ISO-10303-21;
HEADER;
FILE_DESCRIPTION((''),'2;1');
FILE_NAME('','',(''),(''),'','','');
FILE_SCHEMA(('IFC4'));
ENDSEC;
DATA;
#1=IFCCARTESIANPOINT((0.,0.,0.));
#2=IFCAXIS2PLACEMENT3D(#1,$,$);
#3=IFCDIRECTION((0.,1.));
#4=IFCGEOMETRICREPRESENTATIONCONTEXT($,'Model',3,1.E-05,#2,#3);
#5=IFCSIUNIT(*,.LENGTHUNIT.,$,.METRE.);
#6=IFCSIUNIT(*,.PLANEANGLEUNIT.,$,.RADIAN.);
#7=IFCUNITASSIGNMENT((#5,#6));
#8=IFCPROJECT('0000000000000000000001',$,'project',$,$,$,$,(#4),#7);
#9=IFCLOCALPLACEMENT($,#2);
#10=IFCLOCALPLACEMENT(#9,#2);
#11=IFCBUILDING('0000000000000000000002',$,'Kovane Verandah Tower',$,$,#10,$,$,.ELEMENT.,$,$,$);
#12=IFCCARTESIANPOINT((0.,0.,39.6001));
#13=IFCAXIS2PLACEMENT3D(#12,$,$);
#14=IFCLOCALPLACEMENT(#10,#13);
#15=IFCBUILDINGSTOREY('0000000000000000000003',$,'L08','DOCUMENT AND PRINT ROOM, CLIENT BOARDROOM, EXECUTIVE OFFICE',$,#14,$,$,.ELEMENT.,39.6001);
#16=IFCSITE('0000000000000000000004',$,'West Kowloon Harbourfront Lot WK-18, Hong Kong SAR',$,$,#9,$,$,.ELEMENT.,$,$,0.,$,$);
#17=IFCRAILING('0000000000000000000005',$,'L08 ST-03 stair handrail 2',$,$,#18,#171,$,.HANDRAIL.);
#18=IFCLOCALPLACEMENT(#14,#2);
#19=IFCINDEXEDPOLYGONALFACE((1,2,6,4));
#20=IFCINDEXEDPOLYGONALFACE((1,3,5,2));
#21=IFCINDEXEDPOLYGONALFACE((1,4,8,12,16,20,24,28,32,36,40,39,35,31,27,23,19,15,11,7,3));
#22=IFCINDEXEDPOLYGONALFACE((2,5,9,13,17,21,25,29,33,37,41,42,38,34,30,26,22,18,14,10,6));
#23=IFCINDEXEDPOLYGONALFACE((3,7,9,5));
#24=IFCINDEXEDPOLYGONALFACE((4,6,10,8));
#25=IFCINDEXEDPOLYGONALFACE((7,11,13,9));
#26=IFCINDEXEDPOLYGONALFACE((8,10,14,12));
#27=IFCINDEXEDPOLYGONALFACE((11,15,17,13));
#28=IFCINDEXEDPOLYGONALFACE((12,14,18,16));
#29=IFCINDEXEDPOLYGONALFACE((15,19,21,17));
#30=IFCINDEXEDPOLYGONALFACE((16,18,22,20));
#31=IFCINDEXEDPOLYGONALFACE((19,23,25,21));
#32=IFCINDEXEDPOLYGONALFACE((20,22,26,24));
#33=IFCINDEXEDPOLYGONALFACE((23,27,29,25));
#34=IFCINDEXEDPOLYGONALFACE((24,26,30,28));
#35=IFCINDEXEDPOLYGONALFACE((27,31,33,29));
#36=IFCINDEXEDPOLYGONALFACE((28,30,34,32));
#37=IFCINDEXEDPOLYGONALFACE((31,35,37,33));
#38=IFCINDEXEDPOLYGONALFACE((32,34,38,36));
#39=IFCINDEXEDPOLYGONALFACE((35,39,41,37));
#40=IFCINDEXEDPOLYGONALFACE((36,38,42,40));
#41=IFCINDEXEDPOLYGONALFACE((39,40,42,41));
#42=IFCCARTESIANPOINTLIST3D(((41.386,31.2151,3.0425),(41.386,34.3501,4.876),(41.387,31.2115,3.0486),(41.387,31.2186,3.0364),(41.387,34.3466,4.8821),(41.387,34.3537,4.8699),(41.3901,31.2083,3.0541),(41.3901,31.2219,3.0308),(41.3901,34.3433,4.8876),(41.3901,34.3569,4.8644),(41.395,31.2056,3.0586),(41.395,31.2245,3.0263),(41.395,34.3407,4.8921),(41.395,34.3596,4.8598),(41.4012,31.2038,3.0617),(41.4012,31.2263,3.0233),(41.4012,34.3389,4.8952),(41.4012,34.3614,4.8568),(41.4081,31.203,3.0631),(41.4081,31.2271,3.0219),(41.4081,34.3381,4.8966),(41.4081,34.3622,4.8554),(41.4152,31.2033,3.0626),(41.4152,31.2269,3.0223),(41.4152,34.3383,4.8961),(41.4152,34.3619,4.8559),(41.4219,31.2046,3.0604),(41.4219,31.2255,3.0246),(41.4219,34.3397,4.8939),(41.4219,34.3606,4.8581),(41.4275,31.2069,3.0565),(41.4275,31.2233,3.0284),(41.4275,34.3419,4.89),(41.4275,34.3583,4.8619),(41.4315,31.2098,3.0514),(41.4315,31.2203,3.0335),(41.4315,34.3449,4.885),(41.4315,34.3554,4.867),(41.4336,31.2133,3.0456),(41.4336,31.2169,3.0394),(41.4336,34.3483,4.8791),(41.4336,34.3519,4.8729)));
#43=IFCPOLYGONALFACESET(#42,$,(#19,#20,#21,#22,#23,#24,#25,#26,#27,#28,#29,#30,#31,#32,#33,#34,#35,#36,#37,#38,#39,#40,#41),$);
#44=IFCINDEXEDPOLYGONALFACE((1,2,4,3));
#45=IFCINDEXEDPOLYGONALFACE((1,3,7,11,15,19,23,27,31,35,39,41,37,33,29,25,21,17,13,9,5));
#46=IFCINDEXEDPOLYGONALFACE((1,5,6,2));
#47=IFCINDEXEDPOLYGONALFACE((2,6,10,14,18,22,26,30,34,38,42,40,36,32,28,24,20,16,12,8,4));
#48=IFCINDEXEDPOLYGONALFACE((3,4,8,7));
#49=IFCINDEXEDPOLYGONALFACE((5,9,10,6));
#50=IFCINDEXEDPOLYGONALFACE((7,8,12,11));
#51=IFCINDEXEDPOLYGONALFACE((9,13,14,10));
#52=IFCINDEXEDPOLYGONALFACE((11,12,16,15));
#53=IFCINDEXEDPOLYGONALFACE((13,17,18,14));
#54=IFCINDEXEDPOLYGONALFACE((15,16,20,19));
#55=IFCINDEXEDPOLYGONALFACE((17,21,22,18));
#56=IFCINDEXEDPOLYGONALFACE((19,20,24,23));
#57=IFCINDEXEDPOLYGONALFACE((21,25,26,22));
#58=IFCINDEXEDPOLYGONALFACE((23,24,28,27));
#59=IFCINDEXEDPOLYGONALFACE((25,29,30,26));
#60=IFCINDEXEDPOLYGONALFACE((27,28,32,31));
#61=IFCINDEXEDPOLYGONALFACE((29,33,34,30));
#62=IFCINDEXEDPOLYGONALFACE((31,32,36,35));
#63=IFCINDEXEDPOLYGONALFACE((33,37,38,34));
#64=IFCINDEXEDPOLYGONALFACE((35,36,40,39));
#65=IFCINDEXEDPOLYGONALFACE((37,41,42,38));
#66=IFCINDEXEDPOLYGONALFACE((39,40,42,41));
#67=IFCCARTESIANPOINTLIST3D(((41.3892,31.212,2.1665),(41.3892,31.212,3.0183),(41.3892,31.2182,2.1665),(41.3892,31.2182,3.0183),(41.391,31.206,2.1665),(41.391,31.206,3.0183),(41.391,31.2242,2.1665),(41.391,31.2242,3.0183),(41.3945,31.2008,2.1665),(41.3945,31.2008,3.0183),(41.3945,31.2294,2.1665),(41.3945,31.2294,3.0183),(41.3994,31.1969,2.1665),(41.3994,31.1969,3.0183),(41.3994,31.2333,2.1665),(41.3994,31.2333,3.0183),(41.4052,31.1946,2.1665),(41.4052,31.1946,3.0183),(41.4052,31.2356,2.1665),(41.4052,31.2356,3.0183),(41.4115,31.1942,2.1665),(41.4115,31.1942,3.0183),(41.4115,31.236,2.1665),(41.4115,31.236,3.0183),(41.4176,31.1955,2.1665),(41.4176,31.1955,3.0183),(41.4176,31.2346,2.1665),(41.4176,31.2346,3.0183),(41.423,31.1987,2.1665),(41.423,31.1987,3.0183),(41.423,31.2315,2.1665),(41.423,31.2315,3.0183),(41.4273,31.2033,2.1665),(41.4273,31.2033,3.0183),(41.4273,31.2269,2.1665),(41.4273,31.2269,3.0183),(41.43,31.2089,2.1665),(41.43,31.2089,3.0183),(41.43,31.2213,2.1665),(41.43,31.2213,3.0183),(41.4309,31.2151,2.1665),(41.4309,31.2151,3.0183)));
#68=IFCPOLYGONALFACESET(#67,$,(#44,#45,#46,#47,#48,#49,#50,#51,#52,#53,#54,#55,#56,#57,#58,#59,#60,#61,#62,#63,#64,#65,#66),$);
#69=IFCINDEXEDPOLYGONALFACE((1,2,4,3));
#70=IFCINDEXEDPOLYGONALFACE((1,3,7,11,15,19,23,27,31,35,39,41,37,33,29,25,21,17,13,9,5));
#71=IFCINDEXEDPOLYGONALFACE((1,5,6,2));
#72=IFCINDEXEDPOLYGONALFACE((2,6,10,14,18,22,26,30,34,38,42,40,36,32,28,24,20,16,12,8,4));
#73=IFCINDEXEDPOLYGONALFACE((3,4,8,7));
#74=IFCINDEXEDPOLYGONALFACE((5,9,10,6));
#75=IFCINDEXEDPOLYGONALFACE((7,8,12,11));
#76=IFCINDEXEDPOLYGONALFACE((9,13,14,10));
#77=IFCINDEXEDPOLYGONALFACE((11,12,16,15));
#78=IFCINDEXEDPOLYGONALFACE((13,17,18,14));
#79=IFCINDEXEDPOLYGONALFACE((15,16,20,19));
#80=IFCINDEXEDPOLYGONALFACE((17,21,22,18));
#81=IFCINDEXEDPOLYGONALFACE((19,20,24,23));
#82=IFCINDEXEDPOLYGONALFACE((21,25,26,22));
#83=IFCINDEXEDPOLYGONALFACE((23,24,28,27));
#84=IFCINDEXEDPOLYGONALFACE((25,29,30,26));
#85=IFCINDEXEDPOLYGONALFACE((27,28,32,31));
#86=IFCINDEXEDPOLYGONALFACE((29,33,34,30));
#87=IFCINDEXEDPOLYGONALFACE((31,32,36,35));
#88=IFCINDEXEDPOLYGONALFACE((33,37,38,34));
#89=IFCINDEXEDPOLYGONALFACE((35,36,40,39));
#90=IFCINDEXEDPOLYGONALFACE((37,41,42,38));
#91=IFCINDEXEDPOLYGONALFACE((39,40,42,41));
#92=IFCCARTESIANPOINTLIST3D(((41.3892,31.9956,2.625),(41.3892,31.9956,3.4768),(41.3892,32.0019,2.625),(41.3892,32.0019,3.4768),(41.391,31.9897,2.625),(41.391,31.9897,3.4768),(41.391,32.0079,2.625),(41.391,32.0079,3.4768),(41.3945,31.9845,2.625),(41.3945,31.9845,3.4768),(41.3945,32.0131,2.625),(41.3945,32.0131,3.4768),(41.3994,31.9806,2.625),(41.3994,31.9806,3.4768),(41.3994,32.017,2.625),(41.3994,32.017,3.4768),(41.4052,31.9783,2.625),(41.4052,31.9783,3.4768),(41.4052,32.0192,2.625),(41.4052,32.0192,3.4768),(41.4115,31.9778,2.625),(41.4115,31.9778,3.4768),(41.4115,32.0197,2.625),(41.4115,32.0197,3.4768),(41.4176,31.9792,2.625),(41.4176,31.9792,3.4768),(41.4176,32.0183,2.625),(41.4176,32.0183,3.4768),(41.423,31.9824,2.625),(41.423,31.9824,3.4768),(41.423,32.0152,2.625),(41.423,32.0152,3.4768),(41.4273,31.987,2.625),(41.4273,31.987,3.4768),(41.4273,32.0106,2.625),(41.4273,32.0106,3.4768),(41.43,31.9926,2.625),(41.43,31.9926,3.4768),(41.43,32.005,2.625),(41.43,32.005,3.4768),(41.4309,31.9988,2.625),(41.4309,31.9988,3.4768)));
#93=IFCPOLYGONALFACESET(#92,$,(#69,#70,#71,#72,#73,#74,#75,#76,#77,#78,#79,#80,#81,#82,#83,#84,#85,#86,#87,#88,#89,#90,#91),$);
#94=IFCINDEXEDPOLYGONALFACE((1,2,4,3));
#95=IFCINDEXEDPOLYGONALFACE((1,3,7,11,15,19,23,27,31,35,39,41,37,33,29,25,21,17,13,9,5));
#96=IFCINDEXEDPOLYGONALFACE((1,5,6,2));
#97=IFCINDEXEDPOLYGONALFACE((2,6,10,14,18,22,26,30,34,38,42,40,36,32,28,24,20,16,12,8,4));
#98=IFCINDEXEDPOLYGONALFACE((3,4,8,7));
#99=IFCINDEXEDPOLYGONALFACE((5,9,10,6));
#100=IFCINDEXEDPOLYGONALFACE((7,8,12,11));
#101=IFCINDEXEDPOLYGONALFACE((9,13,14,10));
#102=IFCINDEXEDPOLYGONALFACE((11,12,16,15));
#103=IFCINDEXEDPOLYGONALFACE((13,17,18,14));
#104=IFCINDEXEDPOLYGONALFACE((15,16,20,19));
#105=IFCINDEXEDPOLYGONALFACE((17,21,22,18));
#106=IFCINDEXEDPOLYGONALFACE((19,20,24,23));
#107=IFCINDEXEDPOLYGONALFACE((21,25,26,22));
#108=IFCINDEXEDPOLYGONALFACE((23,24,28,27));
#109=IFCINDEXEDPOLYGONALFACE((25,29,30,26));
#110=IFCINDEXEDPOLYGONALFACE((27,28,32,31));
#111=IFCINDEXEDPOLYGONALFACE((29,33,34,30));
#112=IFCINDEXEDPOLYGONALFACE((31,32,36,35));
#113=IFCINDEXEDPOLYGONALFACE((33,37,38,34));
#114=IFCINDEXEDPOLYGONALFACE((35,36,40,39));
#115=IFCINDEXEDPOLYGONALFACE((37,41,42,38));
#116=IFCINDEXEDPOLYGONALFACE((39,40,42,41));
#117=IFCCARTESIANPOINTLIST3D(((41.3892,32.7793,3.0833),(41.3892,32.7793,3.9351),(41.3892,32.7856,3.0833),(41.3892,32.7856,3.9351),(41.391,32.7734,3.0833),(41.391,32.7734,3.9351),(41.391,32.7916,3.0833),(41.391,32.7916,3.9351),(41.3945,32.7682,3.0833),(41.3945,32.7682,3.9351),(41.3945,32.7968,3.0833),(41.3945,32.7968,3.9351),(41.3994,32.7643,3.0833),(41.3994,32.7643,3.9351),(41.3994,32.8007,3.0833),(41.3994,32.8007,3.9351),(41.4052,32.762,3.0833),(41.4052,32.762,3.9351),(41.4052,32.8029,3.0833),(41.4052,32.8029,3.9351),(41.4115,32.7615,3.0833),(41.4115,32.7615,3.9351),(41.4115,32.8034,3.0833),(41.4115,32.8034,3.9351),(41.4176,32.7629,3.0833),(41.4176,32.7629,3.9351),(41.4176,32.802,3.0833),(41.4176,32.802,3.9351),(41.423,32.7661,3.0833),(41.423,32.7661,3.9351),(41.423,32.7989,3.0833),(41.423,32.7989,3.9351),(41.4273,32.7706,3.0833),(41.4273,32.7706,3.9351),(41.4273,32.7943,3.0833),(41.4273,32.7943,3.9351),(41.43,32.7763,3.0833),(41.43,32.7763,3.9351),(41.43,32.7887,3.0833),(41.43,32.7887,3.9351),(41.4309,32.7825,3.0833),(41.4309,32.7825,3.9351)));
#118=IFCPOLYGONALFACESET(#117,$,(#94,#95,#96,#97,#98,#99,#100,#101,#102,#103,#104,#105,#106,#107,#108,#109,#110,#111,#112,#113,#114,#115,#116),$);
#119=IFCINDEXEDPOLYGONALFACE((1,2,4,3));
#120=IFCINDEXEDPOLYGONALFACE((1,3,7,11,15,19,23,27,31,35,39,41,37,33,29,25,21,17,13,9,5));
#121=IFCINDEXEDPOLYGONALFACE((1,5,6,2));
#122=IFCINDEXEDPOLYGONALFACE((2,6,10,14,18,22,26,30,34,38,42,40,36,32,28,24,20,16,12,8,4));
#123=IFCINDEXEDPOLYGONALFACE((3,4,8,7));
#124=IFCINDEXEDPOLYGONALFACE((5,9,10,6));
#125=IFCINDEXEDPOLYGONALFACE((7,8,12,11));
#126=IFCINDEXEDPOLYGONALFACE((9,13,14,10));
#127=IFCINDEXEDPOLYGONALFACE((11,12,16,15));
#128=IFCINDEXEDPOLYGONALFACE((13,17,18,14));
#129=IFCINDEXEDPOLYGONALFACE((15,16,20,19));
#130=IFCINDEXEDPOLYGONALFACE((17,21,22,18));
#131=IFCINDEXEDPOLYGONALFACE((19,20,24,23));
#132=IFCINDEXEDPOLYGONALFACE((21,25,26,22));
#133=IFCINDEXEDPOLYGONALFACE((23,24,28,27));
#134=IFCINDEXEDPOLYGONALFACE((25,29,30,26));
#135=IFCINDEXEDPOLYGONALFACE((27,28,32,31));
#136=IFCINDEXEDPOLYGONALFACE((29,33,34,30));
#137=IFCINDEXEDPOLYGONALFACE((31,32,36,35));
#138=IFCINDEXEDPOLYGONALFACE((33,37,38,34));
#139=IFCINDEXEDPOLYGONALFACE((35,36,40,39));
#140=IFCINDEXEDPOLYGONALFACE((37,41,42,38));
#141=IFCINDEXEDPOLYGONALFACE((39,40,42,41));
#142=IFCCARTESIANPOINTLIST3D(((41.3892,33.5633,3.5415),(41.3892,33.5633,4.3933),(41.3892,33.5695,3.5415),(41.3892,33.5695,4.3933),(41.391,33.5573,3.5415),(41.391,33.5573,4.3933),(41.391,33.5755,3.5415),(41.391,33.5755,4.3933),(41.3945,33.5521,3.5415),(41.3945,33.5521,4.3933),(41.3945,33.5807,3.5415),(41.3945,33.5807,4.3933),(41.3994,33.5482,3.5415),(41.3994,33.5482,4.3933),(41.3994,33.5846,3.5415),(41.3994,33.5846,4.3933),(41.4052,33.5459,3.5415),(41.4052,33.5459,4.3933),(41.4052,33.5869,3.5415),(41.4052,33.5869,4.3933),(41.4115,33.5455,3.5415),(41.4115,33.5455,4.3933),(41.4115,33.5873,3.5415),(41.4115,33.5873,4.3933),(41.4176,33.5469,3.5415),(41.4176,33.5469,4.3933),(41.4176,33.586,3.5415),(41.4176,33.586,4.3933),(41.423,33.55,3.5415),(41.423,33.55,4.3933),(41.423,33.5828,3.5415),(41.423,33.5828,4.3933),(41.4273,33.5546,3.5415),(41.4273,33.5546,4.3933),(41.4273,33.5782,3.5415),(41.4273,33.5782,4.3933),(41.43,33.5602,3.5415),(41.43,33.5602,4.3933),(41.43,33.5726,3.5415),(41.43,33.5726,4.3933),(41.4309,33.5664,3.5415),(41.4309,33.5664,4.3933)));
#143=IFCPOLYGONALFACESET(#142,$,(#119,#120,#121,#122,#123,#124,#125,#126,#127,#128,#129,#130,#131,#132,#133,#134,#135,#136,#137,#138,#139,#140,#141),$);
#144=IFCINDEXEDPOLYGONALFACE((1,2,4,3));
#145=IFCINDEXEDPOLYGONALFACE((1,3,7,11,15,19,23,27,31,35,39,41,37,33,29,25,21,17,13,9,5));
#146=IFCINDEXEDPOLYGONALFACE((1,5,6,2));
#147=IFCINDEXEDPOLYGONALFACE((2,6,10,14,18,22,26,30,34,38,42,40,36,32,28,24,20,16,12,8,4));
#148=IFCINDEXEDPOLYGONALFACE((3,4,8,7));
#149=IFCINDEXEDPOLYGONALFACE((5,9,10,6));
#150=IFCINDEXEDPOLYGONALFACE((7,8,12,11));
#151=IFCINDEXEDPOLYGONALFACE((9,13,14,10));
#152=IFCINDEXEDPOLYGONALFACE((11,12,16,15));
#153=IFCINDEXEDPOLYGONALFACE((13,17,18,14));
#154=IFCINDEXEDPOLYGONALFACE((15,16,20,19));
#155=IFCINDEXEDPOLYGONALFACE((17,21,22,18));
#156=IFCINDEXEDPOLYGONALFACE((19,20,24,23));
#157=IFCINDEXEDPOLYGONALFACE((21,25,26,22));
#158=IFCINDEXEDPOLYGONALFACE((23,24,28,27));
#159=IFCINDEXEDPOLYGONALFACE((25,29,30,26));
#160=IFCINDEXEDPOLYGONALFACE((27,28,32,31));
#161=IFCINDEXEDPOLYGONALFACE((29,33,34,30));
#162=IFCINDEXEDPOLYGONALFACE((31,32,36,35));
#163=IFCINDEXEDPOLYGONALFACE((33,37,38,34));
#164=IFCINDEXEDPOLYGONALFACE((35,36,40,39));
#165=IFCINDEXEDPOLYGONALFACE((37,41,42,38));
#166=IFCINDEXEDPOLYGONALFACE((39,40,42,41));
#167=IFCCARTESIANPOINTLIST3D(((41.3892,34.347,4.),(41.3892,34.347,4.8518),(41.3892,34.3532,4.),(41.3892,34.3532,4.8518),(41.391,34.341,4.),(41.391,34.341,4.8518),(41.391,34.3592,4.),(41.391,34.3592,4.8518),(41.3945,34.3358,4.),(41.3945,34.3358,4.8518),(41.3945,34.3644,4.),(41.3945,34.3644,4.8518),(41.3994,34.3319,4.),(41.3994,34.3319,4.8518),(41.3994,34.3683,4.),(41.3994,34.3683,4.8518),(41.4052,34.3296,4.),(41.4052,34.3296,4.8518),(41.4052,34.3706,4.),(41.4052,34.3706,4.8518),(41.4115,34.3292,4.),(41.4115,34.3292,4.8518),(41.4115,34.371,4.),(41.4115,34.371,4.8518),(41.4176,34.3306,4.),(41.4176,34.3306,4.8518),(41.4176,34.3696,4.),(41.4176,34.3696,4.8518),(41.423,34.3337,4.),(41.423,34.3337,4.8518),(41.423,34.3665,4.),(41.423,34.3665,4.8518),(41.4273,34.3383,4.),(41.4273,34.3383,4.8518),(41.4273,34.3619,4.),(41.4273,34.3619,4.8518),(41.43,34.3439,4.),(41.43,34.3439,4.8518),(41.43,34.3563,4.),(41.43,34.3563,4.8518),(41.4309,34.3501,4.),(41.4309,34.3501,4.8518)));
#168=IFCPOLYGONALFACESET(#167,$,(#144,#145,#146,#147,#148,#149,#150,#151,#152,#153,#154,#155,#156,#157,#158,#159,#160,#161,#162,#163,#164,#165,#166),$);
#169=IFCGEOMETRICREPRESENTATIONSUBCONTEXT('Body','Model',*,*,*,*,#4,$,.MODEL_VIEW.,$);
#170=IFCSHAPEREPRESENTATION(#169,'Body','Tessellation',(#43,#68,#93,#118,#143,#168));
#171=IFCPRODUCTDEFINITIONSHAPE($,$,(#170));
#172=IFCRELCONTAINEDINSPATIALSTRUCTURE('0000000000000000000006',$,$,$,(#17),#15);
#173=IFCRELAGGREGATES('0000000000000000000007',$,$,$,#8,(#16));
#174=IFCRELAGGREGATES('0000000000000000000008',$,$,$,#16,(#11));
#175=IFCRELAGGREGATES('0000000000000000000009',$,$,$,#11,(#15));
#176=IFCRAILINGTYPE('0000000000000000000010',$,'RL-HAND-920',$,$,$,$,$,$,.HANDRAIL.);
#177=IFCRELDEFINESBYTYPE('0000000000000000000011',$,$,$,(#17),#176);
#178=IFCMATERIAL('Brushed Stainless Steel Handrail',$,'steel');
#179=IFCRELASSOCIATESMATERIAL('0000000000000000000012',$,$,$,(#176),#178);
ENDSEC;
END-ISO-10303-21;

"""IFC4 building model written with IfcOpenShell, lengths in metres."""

from ifc_helpers import new_model, si_unit, direction, frame, origin, origin_2d, place, context, subcontext, project, spatial, circle, extrude, material, type_object, element, save


model = new_model("IFC4")

# Units and contexts
model_context = context("Model", 3, precision=1e-05, world=origin(), true_north=direction((0.0, 1.0)))
body_context = subcontext(model_context, "Body", "Model", "MODEL_VIEW")
ifc_project = project(units=[si_unit("LENGTHUNIT", "METRE"), si_unit("PLANEANGLEUNIT", "RADIAN")], contexts=[model_context])

# Site, building, storey
site_placement = place(None, origin())
site = spatial("IfcSite", under=ifc_project, at=site_placement, Name="West Kowloon Harbourfront Lot WK-18, Hong Kong SAR", CompositionType="ELEMENT", RefElevation=0.0)
building_placement = place(site_placement, origin())
building = spatial("IfcBuilding", under=site, at=building_placement, Name="Kovane Verandah Tower", CompositionType="ELEMENT")
storey_placement = place(building_placement, frame((0.0, 0.0, 39.6001)))
storey = spatial("IfcBuildingStorey", under=building, at=storey_placement, Name="L08", Description="DOCUMENT AND PRINT ROOM, CLIENT BOARDROOM, EXECUTIVE OFFICE", CompositionType="ELEMENT", Elevation=39.6001)

# Railing
ifc_material_1 = material(Name="Brushed Stainless Steel Handrail", Category="steel")
railing_type_1 = type_object("IfcRailingType", Name="RL-HAND-920", PredefinedType="HANDRAIL", material=ifc_material_1)
railing_1_placement = place(storey_placement, frame((41.4099, 31.2151, 2.1665)))
element("IfcRailing", 1, at=railing_1_placement, inside=storey, type_object=railing_type_1, Name="L08 ST-03 stair handrail 2", PredefinedType="HANDRAIL", context=body_context, shape_type="SweptSolid", body=[
    extrude(circle(Radius=0.0239, at=origin_2d()), frame((0.0, 0.0, 0.876), z_axis=(0.0, 0.86321, 0.504845), x_axis=(-1.0, 0.0, 0.0)), (0.0, 0.0, 1.0), 3.6318),
    extrude(circle(Radius=0.021, at=origin_2d()), origin(), (0.0, 0.0, 1.0), 0.8518),
    extrude(circle(Radius=0.021, at=origin_2d()), frame((0.0, 0.7837, 0.4585)), (0.0, 0.0, 1.0), 0.8518),
    extrude(circle(Radius=0.021, at=origin_2d()), frame((0.0, 1.5674, 0.9167)), (0.0, 0.0, 1.0), 0.8518),
    extrude(circle(Radius=0.021, at=origin_2d()), frame((0.0, 2.3513, 1.375)), (0.0, 0.0, 1.0), 0.8518),
    extrude(circle(Radius=0.021, at=origin_2d()), frame((0.0, 3.135, 1.8335)), (0.0, 0.0, 1.0), 0.8518),
])

save(model, "model.ifc")
